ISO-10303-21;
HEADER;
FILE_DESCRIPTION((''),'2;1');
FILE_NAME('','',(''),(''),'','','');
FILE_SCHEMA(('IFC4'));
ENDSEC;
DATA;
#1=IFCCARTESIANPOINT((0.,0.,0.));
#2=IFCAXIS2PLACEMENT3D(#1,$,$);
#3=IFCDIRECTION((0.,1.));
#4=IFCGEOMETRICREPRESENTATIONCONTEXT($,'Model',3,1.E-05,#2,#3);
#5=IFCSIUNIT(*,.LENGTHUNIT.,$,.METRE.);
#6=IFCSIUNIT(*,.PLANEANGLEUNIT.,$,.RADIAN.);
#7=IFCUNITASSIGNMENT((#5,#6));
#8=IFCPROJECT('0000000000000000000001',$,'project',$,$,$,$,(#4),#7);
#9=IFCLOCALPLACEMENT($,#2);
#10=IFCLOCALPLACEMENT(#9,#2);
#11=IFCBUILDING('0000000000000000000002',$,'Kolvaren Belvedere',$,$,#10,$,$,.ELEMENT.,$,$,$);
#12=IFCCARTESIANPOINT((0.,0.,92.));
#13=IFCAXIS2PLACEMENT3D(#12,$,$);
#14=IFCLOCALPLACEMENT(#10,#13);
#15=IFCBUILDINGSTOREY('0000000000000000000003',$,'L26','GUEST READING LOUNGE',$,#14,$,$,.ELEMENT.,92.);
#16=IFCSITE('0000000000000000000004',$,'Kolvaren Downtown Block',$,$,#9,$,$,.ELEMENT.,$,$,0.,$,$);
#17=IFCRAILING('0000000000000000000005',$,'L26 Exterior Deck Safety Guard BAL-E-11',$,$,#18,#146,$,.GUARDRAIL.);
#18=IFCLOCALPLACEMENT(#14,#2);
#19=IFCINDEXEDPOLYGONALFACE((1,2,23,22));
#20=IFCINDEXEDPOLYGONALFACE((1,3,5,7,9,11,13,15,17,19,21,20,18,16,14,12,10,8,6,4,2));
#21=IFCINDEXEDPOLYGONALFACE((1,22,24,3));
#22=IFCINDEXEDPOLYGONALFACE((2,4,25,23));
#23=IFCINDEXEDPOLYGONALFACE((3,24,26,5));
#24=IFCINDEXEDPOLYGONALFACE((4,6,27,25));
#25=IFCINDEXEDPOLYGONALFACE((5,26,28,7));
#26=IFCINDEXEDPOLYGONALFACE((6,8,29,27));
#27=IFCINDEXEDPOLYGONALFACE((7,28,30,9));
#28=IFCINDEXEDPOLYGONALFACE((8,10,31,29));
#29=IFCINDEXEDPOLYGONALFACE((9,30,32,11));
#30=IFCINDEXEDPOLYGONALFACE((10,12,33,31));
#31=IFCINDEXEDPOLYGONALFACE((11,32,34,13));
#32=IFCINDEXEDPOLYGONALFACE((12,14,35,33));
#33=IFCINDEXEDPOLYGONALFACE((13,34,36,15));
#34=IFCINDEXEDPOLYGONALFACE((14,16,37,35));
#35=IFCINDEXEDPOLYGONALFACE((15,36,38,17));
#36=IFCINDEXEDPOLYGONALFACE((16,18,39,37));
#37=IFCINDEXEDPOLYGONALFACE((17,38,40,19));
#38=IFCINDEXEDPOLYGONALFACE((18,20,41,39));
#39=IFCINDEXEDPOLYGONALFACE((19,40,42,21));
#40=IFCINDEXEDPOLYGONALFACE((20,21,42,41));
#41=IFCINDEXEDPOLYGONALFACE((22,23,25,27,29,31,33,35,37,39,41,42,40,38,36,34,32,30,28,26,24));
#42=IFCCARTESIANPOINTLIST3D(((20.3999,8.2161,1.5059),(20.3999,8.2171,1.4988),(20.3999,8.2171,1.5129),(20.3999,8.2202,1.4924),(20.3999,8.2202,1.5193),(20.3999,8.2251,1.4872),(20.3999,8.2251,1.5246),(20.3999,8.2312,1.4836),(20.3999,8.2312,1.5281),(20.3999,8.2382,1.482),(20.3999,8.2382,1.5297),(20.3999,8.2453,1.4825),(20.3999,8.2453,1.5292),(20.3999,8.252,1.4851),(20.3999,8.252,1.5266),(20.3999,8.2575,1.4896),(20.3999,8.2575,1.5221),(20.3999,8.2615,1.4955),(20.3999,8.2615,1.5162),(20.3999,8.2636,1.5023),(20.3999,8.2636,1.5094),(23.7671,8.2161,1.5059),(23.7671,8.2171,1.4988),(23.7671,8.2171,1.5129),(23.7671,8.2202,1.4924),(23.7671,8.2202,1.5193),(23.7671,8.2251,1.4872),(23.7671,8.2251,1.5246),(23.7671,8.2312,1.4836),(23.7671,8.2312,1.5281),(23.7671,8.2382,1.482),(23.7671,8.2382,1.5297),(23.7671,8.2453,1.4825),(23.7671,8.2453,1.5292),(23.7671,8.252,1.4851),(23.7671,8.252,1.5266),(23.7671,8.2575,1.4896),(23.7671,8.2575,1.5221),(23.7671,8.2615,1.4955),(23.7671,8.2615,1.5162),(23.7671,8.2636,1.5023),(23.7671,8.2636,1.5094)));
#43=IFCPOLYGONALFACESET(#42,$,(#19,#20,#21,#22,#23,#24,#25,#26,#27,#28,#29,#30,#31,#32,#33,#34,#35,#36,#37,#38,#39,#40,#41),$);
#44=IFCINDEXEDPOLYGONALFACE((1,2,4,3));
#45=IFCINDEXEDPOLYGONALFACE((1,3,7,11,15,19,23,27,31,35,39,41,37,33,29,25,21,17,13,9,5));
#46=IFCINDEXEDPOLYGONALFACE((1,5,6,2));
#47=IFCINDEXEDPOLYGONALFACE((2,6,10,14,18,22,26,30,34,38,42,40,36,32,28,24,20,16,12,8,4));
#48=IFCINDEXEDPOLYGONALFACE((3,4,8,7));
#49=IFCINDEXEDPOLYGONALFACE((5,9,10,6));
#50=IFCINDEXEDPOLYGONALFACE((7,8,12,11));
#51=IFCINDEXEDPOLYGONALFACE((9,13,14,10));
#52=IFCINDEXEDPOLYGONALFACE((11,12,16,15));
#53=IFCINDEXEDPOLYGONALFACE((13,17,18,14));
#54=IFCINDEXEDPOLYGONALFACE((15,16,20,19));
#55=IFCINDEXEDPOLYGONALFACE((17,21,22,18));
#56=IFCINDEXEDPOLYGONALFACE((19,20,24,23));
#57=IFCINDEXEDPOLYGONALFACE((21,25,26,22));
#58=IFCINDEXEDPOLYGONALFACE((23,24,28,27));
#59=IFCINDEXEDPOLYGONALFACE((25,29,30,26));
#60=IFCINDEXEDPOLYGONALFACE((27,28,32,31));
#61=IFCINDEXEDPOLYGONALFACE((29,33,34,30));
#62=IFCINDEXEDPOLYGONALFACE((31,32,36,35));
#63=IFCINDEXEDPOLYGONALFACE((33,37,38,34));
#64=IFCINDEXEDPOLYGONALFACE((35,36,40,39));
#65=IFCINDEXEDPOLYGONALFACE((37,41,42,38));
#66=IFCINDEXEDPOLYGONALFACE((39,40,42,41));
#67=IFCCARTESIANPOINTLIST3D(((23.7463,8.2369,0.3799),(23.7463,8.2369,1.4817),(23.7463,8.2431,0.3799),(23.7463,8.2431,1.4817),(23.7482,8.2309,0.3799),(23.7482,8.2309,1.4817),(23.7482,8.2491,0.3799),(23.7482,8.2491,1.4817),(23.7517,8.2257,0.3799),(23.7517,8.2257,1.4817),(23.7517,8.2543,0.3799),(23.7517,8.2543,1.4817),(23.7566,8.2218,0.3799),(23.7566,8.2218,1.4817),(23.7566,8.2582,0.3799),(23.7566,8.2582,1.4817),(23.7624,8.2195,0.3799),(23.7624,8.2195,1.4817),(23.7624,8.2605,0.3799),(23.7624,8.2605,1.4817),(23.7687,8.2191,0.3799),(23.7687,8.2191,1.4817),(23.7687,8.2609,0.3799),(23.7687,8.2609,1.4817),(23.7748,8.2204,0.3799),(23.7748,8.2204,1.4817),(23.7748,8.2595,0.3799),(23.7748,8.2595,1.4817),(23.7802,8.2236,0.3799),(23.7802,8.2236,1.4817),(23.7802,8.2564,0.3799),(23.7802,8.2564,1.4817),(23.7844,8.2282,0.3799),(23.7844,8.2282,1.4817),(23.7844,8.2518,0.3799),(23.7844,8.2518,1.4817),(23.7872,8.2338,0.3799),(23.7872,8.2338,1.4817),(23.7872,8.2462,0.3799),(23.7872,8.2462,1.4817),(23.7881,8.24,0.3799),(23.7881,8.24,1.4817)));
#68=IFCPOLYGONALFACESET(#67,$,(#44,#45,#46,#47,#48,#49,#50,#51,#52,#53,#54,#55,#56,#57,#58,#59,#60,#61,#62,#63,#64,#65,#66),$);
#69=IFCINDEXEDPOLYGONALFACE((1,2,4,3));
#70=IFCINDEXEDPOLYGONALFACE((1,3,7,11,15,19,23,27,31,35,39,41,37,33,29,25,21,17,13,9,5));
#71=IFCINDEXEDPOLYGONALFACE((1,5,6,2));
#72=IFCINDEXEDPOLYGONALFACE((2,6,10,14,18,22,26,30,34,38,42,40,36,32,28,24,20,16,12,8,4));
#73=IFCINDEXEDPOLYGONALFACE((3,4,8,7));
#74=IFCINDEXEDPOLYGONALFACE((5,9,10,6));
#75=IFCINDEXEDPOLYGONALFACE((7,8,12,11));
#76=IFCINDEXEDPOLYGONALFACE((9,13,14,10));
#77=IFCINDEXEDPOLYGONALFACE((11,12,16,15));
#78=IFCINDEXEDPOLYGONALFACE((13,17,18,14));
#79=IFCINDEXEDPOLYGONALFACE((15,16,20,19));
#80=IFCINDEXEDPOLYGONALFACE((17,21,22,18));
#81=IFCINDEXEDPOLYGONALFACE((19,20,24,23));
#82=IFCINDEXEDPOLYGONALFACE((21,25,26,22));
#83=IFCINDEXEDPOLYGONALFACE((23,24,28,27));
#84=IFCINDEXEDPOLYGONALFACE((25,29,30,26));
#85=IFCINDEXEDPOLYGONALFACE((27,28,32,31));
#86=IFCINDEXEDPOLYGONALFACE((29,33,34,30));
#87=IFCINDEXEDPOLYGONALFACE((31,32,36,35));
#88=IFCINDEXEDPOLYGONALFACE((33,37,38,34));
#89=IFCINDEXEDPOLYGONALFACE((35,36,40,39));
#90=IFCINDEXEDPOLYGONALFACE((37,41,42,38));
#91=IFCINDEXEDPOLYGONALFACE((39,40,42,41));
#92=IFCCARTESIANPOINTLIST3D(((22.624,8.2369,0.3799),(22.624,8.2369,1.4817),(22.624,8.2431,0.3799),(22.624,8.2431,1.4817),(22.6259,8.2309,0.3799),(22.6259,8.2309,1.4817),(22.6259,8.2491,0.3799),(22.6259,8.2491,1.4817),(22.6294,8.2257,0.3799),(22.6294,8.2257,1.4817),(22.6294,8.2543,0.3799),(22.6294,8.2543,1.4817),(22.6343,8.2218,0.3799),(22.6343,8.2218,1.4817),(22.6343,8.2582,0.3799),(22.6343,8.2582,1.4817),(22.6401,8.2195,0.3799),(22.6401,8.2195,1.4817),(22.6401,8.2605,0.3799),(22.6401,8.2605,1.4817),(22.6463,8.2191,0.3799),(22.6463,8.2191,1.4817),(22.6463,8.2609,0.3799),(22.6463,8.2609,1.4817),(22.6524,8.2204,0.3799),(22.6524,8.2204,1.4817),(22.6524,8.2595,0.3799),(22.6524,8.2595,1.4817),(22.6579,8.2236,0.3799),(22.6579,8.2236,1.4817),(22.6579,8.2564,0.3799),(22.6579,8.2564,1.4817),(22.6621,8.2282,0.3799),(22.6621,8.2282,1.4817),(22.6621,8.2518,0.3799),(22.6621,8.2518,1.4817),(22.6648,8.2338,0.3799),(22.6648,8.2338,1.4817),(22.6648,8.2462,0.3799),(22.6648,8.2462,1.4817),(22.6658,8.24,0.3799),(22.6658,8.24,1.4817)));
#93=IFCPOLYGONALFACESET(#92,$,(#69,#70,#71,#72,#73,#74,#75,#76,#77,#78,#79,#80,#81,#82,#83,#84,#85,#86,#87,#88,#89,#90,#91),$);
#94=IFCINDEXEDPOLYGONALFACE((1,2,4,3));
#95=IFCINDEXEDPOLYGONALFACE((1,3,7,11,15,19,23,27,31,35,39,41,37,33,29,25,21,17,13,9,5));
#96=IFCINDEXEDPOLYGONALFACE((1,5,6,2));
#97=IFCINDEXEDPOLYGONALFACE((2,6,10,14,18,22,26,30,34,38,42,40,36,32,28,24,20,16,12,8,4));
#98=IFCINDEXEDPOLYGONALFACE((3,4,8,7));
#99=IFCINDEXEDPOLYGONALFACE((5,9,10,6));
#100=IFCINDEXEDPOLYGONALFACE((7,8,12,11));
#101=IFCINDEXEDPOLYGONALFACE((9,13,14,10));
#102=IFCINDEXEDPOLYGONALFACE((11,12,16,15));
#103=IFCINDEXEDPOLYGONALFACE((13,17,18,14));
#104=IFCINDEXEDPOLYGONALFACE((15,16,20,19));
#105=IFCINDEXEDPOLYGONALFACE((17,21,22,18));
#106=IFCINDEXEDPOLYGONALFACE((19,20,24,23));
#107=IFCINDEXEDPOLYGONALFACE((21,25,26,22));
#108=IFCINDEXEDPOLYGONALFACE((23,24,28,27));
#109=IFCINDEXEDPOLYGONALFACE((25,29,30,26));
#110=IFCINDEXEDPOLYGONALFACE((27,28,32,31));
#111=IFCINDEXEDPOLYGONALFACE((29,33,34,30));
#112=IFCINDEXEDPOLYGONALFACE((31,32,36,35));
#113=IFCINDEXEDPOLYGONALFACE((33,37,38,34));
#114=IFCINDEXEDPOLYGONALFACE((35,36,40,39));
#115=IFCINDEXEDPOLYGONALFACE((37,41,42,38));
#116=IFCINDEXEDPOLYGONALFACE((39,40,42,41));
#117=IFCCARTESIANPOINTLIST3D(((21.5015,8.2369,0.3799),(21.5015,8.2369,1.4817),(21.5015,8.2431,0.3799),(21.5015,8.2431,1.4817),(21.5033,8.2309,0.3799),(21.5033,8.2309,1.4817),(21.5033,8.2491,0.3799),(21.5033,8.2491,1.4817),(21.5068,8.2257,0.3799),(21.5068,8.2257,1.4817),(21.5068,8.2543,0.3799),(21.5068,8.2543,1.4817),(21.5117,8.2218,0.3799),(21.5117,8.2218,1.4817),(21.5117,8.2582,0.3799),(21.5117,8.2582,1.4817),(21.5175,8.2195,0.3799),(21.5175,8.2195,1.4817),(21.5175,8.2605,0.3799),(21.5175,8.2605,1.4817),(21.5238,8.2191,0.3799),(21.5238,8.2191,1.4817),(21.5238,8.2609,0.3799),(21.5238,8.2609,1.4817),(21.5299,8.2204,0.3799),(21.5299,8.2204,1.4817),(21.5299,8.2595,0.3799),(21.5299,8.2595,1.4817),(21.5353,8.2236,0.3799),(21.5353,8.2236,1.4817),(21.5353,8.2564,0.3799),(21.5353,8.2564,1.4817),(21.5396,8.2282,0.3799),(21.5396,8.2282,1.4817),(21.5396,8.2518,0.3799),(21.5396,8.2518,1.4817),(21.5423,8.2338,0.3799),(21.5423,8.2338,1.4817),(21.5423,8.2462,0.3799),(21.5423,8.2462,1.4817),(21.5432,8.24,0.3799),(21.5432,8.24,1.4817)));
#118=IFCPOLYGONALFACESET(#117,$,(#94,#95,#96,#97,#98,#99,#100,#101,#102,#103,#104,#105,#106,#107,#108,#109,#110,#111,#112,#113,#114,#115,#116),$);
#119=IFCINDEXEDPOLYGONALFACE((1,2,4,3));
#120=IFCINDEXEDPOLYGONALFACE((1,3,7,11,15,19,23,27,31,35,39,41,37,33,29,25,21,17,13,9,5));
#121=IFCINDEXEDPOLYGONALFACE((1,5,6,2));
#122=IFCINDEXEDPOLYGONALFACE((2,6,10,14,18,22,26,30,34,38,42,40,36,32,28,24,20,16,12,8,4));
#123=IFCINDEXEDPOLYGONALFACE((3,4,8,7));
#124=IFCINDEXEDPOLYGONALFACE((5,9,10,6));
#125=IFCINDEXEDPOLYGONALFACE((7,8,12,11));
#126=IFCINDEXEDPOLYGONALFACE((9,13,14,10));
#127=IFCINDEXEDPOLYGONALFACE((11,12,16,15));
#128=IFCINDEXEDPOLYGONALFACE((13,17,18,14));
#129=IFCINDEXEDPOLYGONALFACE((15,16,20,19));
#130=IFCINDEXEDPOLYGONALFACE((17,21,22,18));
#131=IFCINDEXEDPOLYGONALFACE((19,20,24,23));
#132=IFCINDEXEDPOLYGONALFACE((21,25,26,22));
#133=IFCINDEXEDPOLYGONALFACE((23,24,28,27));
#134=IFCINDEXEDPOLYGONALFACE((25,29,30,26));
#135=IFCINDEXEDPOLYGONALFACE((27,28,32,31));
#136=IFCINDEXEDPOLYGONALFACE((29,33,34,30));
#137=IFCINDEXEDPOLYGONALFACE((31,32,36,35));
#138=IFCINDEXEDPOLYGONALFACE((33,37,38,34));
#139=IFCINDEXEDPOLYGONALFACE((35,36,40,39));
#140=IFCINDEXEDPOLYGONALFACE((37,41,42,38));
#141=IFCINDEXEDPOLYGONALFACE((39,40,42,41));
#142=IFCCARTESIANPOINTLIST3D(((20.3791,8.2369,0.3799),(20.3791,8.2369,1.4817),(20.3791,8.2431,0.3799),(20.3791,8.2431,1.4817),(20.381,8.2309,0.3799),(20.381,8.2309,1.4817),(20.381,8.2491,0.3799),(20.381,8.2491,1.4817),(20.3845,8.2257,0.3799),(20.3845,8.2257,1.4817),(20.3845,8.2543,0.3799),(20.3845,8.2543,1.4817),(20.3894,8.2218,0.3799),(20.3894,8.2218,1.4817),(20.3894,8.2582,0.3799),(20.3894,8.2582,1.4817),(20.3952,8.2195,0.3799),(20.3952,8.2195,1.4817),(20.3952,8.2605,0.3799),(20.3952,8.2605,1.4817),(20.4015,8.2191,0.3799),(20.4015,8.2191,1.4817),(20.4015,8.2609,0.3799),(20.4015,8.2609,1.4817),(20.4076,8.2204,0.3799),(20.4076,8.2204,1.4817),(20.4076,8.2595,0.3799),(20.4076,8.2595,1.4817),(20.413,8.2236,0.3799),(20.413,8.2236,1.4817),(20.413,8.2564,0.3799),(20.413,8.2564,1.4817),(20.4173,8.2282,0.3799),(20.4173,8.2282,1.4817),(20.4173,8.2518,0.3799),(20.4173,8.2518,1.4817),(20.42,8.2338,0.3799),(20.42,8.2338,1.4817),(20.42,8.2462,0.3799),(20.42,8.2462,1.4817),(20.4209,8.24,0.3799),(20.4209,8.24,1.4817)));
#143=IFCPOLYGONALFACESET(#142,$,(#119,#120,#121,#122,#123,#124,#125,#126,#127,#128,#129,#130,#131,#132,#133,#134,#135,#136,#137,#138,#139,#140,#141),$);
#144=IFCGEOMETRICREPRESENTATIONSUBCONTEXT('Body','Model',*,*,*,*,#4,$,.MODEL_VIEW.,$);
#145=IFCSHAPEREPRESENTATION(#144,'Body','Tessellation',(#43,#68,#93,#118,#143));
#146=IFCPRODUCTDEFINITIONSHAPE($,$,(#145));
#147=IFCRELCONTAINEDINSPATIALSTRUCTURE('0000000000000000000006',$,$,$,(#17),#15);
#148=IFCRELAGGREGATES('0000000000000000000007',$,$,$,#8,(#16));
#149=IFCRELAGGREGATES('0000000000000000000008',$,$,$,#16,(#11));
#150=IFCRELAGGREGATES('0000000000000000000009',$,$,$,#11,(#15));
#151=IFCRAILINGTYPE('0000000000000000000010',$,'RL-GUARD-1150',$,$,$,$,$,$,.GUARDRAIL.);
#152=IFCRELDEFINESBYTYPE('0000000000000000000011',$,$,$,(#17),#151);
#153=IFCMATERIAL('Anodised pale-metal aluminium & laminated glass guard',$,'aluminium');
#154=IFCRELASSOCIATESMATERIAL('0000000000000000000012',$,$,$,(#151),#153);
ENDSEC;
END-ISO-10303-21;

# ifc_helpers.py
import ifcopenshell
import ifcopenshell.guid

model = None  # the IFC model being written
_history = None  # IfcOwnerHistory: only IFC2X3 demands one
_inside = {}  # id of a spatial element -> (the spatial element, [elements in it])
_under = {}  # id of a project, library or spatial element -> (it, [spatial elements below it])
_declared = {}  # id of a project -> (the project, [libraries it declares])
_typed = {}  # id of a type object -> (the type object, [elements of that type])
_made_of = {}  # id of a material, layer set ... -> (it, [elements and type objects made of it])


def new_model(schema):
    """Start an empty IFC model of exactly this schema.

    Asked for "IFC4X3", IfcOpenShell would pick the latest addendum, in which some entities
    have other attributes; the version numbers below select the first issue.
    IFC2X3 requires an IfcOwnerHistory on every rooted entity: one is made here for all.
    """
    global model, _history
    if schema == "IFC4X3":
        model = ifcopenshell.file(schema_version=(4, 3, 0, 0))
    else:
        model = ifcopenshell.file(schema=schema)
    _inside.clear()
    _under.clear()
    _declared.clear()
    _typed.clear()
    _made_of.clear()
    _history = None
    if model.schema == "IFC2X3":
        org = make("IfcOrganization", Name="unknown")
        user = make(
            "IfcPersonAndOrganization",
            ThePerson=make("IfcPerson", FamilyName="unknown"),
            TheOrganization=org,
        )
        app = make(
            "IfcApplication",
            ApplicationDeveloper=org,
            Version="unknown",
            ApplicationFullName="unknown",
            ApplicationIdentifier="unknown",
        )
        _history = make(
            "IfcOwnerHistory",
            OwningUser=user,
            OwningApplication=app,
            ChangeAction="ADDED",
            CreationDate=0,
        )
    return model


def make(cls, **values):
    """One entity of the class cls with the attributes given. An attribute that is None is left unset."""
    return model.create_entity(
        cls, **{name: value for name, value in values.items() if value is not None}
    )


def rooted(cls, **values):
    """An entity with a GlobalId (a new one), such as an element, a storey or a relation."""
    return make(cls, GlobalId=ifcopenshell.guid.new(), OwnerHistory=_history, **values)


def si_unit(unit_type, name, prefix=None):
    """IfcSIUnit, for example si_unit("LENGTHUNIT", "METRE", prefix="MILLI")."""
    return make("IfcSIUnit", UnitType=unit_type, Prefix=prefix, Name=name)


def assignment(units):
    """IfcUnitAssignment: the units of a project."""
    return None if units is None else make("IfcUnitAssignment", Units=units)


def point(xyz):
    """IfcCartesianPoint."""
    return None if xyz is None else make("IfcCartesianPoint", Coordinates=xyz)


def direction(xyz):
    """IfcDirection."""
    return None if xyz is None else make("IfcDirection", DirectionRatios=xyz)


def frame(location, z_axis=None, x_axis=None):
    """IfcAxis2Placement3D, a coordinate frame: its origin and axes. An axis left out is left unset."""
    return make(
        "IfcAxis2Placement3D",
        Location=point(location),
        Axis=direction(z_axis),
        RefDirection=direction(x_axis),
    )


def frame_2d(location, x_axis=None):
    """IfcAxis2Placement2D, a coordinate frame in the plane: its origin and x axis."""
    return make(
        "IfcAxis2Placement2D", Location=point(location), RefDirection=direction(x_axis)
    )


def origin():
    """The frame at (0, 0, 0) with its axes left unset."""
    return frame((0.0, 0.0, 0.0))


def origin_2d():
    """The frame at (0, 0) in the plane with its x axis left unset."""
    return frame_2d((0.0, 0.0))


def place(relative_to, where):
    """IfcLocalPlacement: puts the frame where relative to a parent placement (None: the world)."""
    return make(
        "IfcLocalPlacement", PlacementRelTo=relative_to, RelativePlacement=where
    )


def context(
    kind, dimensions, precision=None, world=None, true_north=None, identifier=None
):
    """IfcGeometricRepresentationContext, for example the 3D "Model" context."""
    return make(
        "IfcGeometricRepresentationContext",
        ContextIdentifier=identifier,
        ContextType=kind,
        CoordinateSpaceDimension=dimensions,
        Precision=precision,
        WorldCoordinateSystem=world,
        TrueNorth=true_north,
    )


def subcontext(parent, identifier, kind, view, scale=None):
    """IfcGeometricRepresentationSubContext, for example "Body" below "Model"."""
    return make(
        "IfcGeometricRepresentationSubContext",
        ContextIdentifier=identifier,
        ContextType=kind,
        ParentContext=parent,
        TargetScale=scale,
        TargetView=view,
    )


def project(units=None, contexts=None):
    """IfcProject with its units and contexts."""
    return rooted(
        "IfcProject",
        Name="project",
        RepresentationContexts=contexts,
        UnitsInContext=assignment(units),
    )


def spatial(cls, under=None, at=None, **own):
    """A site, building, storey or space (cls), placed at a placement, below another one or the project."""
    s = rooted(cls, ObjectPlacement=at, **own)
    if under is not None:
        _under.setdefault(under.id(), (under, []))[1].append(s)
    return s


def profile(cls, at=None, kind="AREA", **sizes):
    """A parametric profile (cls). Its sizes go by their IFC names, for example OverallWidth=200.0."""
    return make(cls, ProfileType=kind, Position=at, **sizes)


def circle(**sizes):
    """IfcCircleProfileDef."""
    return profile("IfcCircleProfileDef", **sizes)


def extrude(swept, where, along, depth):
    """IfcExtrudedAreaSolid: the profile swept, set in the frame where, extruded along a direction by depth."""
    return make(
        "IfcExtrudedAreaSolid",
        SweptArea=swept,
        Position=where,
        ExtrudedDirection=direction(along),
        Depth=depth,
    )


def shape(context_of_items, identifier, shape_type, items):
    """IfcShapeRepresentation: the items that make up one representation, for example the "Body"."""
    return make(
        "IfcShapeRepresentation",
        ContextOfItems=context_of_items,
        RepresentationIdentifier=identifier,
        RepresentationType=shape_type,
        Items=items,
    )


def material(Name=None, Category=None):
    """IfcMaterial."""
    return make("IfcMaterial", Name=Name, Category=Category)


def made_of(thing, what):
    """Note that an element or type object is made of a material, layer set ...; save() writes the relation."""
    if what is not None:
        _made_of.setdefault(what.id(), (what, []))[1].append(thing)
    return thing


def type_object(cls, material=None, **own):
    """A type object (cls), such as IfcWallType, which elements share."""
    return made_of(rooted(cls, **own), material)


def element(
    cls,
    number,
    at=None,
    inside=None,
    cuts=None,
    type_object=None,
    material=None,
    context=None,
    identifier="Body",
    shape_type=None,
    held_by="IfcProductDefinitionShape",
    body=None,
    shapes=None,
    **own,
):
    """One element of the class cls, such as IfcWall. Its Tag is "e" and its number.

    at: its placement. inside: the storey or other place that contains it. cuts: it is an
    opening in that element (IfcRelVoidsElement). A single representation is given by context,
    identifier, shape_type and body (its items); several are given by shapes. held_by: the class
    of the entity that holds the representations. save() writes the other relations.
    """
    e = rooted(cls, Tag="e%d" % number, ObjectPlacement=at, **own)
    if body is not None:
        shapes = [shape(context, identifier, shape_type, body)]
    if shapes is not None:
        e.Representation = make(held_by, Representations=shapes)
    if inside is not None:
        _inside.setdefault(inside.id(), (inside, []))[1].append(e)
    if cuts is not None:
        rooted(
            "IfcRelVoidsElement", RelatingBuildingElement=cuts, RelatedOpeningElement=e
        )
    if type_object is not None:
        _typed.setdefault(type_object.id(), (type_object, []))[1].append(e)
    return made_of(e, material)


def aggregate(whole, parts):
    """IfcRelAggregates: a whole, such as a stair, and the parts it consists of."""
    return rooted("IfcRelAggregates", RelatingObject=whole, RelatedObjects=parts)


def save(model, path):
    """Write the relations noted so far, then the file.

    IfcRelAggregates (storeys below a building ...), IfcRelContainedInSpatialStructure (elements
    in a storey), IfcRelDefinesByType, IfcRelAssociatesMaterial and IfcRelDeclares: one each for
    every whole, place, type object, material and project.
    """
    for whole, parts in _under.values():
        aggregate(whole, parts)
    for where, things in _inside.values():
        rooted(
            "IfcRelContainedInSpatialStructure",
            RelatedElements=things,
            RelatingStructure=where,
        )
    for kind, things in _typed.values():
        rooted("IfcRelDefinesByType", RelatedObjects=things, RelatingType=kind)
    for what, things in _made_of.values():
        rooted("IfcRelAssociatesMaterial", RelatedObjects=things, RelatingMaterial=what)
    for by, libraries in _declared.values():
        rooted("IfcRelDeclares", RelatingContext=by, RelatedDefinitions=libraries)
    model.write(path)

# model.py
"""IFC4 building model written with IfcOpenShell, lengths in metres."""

from ifc_helpers import new_model, si_unit, direction, frame, origin, origin_2d, place, context, subcontext, project, spatial, circle, extrude, material, type_object, element, save


model = new_model("IFC4")

# Units and contexts
model_context = context("Model", 3, precision=1e-05, world=origin(), true_north=direction((0.0, 1.0)))
body_context = subcontext(model_context, "Body", "Model", "MODEL_VIEW")
ifc_project = project(units=[si_unit("LENGTHUNIT", "METRE"), si_unit("PLANEANGLEUNIT", "RADIAN")], contexts=[model_context])

# Site, building, storey
site_placement = place(None, origin())
site = spatial("IfcSite", under=ifc_project, at=site_placement, Name="Kolvaren Downtown Block", CompositionType="ELEMENT", RefElevation=0.0)
building_placement = place(site_placement, origin())
building = spatial("IfcBuilding", under=site, at=building_placement, Name="Kolvaren Belvedere", CompositionType="ELEMENT")
storey_placement = place(building_placement, frame((0.0, 0.0, 92.0)))
storey = spatial("IfcBuildingStorey", under=building, at=storey_placement, Name="L26", Description="GUEST READING LOUNGE", CompositionType="ELEMENT", Elevation=92.0)

# Railing
ifc_material_1 = material(Name="Anodised pale-metal aluminium & laminated glass guard", Category="aluminium")
railing_type = type_object("IfcRailingType", Name="RL-GUARD-1150", PredefinedType="GUARDRAIL", material=ifc_material_1)
railing_1_placement = place(storey_placement, frame((23.7671, 8.24, 0.3799)))
element("IfcRailing", 1, at=railing_1_placement, inside=storey, type_object=railing_type, Name="L26 Exterior Deck Safety Guard BAL-E-11", PredefinedType="GUARDRAIL", context=body_context, shape_type="SweptSolid", body=[
    extrude(circle(Radius=0.0239, at=origin_2d()), frame((0.0, 0.0, 1.126), z_axis=(-1.0, 0.0, 0.0), x_axis=(0.0, -1.0, 0.0)), (0.0, 0.0, 1.0), 3.3672),
    extrude(circle(Radius=0.021, at=origin_2d()), origin(), (0.0, 0.0, 1.0), 1.1018),
    extrude(circle(Radius=0.021, at=origin_2d()), frame((-1.1223, 0.0, 0.0)), (0.0, 0.0, 1.0), 1.1018),
    extrude(circle(Radius=0.021, at=origin_2d()), frame((-2.2449, 0.0, 0.0)), (0.0, 0.0, 1.0), 1.1018),
    extrude(circle(Radius=0.021, at=origin_2d()), frame((-3.3672, 0.0, 0.0)), (0.0, 0.0, 1.0), 1.1018),
])

save(model, "model.ifc")
